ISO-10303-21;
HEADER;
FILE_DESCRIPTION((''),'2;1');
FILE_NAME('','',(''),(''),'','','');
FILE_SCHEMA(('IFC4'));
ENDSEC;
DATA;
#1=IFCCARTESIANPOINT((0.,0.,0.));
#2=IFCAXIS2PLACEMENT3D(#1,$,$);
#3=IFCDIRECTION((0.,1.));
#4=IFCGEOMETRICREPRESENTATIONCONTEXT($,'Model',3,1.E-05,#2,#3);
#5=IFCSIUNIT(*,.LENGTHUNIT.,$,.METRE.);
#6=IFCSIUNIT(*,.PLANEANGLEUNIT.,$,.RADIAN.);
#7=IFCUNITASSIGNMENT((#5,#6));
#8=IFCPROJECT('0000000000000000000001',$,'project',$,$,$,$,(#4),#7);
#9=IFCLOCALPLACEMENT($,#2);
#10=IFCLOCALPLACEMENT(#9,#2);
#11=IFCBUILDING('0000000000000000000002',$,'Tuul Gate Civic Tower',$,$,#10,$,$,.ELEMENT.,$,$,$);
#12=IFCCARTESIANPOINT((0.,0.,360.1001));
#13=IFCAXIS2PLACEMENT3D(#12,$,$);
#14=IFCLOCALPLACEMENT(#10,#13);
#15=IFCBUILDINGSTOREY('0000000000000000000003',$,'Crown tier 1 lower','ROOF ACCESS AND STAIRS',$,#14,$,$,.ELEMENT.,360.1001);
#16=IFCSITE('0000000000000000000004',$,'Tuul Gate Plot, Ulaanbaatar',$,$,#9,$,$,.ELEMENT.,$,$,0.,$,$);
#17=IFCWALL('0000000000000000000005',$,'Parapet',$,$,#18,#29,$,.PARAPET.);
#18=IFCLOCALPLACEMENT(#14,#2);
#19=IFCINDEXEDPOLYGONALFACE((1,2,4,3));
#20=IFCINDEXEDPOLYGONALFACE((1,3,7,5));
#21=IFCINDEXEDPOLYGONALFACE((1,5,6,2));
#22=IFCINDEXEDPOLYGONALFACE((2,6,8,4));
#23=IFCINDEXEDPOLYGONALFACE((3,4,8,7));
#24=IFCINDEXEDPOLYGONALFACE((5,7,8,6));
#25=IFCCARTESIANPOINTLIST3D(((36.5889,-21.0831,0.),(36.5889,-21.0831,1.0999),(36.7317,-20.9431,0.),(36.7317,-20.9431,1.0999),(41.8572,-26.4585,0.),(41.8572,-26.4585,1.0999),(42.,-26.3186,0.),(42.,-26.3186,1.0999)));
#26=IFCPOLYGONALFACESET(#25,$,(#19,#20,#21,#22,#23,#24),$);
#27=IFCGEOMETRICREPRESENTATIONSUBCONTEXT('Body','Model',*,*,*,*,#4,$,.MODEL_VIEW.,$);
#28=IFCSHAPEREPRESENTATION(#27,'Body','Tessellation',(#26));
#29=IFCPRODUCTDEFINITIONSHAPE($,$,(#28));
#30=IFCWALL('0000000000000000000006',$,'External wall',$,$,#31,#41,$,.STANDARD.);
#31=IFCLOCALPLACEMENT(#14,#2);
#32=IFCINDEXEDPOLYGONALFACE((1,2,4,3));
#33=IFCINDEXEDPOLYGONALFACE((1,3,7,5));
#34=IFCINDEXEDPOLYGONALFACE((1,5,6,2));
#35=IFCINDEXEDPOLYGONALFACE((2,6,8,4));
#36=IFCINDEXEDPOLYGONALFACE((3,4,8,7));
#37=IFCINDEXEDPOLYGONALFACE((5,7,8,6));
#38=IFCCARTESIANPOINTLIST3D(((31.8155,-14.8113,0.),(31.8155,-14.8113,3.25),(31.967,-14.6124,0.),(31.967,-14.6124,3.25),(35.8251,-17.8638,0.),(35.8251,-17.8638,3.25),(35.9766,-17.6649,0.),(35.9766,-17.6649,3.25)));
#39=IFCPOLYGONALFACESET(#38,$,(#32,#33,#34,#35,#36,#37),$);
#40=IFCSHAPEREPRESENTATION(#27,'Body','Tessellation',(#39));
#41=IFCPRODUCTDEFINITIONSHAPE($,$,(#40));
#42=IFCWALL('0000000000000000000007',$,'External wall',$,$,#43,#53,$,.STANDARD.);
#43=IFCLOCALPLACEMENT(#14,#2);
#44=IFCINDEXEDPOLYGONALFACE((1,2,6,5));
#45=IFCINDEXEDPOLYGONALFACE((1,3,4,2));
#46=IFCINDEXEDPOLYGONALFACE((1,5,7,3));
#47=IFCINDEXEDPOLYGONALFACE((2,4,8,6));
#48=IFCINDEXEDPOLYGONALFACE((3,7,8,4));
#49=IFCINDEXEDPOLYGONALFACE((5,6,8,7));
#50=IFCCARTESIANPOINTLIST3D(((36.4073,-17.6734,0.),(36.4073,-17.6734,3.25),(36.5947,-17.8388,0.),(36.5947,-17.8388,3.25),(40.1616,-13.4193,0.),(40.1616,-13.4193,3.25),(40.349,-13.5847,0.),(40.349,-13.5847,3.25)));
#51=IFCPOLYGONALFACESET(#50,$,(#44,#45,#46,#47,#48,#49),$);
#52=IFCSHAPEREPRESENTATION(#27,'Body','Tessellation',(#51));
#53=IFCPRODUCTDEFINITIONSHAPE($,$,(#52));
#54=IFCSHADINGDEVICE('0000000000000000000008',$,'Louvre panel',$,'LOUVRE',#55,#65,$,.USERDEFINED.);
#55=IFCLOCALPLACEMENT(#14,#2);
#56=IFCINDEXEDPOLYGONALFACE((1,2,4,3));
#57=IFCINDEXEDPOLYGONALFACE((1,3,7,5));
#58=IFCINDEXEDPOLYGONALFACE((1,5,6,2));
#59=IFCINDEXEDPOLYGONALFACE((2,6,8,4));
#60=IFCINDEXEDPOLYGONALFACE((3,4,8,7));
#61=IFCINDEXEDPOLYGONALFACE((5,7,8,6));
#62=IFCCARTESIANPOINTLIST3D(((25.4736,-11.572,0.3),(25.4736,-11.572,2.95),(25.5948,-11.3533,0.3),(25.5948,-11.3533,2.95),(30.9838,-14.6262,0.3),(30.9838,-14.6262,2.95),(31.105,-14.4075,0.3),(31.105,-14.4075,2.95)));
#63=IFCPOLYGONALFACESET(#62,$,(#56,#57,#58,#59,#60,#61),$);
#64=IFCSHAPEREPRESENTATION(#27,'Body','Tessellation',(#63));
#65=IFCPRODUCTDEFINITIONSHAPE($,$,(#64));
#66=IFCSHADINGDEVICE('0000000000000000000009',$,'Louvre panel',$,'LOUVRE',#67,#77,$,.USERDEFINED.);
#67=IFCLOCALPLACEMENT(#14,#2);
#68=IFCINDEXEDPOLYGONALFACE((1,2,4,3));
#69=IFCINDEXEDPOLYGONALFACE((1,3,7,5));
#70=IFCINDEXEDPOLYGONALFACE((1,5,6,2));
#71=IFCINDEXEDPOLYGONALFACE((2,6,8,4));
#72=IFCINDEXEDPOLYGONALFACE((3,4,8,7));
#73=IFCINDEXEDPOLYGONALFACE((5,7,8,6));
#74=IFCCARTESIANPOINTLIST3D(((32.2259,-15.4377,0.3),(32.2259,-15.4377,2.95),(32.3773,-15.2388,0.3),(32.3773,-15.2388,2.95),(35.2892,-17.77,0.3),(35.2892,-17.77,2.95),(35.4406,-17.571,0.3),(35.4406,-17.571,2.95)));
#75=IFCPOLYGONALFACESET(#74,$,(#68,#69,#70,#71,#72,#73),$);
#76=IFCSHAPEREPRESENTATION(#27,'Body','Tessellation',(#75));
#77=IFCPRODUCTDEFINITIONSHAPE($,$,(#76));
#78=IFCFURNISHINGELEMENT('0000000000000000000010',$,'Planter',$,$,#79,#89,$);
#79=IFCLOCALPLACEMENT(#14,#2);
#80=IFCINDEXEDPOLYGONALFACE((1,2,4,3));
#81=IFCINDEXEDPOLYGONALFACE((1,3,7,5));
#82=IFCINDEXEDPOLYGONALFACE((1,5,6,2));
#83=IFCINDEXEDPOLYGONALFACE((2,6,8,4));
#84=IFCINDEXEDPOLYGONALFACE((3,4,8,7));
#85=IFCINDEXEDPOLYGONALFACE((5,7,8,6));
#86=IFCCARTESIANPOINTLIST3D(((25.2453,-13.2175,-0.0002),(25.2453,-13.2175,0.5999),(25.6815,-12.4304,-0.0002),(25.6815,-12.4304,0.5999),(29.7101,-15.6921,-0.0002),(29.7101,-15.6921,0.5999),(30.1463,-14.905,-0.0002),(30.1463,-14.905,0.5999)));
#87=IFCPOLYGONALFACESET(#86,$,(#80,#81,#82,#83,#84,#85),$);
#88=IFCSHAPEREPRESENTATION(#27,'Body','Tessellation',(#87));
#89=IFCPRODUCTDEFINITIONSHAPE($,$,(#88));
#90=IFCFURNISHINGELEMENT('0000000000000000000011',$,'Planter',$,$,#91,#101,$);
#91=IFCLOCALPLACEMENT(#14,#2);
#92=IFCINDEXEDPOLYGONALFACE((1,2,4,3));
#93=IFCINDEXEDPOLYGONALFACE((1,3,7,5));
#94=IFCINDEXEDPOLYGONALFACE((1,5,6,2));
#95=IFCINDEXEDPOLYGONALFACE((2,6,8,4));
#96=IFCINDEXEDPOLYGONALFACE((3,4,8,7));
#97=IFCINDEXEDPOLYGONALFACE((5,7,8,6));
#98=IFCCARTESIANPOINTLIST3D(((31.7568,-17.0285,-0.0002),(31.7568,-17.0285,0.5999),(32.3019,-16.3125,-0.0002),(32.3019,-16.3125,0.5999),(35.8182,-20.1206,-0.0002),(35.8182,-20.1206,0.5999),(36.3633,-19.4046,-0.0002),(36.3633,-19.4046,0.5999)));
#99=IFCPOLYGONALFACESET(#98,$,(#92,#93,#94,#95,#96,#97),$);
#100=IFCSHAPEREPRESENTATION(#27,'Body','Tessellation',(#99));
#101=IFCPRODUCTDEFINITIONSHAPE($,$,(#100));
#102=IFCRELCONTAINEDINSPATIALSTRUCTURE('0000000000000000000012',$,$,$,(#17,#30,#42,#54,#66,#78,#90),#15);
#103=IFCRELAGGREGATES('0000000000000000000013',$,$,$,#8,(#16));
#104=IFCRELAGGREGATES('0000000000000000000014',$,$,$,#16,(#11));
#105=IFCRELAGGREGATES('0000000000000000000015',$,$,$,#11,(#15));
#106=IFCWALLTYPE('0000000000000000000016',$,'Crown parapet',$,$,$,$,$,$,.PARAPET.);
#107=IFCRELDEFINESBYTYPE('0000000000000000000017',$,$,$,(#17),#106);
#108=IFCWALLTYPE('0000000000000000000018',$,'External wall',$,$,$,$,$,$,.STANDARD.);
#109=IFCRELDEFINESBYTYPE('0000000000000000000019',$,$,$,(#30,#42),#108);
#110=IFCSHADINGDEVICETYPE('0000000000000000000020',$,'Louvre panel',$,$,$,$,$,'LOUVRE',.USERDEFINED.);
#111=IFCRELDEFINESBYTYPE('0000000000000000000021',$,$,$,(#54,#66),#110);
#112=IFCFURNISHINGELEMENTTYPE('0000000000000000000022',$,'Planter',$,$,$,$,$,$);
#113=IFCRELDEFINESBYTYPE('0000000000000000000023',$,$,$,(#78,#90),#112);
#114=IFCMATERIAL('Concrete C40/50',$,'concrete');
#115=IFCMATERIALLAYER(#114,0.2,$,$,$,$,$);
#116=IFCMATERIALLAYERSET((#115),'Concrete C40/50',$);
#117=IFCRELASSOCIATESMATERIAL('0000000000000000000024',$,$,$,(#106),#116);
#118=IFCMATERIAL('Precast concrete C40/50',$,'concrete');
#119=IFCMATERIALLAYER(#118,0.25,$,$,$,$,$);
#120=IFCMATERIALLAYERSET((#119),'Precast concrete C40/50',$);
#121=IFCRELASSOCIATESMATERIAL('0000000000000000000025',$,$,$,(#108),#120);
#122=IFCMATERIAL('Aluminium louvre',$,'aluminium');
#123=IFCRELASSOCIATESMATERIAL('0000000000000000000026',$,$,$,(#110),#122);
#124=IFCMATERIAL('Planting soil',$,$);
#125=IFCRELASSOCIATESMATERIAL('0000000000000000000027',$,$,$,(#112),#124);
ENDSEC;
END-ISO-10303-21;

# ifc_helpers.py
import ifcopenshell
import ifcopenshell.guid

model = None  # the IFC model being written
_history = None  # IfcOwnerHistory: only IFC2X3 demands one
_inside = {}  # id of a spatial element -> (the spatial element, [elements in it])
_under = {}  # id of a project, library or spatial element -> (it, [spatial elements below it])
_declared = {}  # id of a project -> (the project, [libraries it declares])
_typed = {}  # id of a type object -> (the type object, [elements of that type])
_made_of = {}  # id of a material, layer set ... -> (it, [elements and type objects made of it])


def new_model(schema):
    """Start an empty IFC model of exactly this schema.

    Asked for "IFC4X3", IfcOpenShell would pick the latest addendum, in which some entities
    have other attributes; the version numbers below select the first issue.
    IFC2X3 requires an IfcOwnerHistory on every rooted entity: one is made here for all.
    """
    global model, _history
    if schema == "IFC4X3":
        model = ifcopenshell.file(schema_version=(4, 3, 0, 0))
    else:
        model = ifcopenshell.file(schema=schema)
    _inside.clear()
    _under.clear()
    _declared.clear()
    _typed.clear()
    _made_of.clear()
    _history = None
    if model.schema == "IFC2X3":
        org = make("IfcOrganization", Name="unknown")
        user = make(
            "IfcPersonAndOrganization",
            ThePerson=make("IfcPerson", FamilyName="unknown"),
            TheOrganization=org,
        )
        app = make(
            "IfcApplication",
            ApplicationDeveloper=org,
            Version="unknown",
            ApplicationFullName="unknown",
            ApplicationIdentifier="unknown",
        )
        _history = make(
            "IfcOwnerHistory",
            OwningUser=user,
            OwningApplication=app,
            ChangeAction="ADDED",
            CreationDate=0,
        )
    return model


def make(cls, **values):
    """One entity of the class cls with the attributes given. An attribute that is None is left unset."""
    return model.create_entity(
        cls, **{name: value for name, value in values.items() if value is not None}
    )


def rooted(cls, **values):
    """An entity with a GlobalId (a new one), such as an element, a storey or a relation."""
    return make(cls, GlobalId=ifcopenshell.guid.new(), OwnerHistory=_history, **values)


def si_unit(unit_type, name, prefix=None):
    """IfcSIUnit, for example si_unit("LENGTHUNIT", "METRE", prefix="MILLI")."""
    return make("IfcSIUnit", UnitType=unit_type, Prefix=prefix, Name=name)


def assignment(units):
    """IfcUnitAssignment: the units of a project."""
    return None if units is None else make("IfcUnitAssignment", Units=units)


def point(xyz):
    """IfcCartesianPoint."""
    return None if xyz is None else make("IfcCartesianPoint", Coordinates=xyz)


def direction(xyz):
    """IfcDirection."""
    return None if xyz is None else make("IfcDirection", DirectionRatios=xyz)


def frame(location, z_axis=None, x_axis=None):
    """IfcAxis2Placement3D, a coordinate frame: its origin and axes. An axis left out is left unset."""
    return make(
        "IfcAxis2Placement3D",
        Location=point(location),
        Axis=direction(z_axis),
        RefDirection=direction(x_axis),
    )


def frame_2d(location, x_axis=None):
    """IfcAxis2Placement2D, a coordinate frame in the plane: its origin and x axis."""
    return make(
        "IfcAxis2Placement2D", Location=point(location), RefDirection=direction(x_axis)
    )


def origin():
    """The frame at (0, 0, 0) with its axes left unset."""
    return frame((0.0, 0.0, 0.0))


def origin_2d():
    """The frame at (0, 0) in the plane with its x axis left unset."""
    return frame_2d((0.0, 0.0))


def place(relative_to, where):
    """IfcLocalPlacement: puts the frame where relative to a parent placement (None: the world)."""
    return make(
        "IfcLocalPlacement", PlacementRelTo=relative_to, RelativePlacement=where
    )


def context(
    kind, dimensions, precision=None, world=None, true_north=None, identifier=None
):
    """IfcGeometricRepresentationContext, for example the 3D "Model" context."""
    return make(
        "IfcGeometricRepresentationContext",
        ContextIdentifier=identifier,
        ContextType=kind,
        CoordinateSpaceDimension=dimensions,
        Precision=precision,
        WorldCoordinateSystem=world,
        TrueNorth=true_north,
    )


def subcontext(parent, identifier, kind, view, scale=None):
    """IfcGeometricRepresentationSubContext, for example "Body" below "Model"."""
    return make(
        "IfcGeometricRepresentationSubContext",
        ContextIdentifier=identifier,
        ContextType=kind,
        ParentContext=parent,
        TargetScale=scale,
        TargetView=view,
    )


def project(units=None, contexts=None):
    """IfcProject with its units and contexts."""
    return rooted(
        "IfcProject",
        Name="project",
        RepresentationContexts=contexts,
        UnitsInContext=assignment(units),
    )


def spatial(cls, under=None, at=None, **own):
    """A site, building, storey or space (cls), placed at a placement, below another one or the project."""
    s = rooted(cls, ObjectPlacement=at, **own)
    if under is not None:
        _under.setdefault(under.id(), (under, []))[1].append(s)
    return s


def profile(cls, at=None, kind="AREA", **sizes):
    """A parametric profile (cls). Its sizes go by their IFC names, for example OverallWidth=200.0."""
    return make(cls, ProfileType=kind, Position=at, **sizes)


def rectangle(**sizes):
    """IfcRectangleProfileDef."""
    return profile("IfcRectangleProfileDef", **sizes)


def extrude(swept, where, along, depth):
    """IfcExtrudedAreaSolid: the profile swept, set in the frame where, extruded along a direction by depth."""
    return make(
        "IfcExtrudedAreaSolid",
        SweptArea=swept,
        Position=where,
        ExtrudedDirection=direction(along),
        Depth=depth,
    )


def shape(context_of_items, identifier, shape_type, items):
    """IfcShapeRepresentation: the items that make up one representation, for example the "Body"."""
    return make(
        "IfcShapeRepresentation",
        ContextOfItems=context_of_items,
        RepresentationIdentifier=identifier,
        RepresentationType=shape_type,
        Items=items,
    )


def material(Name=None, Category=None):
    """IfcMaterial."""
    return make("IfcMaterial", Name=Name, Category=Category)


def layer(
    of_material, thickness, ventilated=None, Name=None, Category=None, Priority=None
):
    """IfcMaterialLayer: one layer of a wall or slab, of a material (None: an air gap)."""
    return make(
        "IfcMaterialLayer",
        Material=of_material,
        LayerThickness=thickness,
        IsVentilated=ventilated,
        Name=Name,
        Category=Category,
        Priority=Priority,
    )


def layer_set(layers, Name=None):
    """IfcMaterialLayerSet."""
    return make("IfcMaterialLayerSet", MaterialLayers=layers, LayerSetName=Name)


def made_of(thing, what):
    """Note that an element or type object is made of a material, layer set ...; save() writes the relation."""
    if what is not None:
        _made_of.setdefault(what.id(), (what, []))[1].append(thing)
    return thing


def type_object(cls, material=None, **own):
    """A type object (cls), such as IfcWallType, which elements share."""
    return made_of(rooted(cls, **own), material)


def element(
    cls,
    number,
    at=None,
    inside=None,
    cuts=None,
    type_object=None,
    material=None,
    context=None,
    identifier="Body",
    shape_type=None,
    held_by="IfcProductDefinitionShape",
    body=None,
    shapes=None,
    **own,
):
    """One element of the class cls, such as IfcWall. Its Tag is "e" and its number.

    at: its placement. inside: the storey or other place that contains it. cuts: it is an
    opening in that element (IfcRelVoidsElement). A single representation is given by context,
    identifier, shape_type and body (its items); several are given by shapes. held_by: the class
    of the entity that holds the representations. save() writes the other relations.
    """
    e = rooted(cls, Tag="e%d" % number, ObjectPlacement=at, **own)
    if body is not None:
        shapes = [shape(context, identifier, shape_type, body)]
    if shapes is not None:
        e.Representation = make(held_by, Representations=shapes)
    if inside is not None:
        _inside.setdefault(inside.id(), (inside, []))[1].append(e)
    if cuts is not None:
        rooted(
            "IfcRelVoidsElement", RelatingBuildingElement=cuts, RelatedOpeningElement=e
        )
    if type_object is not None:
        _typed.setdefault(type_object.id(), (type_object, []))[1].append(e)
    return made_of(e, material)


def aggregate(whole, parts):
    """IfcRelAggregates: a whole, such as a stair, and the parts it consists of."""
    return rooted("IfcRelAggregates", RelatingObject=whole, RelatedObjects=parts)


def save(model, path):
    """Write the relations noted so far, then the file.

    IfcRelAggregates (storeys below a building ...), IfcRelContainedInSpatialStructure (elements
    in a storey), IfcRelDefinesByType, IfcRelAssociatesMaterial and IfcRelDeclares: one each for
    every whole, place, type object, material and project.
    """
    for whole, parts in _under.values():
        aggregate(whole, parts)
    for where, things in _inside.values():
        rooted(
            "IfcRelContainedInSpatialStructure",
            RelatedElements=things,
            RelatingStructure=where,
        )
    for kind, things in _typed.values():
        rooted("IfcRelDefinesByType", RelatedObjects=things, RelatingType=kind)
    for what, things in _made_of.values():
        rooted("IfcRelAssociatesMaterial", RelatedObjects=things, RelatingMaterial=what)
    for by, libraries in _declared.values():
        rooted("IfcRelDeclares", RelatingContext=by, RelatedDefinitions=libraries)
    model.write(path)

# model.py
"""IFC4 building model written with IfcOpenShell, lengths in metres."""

from ifc_helpers import new_model, si_unit, direction, frame, frame_2d, origin, origin_2d, place, context, subcontext, project, spatial, rectangle, extrude, material, layer, layer_set, type_object, element, save


model = new_model("IFC4")

# Units and contexts
model_context = context("Model", 3, precision=1e-05, world=origin(), true_north=direction((0.0, 1.0)))
body_context = subcontext(model_context, "Body", "Model", "MODEL_VIEW")
ifc_project = project(units=[si_unit("LENGTHUNIT", "METRE"), si_unit("PLANEANGLEUNIT", "RADIAN")], contexts=[model_context])

# Site, building, storey
site_placement = place(None, origin())
site = spatial("IfcSite", under=ifc_project, at=site_placement, Name="Tuul Gate Plot, Ulaanbaatar", CompositionType="ELEMENT", RefElevation=0.0)
building_placement = place(site_placement, origin())
building = spatial("IfcBuilding", under=site, at=building_placement, Name="Tuul Gate Civic Tower", CompositionType="ELEMENT")
storey_placement = place(building_placement, frame((0.0, 0.0, 360.1001)))
storey = spatial("IfcBuildingStorey", under=building, at=storey_placement, Name="Crown tier 1 lower", Description="ROOF ACCESS AND STAIRS", CompositionType="ELEMENT", Elevation=360.1001)

# Walls
ifc_material_1 = material(Name="Concrete C40/50", Category="concrete")
ifc_layer_1 = layer(ifc_material_1, 0.2)
ifc_layer_set_1 = layer_set([ifc_layer_1], Name="Concrete C40/50")
wall_type_1 = type_object("IfcWallType", Name="Crown parapet", PredefinedType="PARAPET", material=ifc_layer_set_1)
wall_1_placement = place(storey_placement, frame((36.6604, -21.0132, 0.0), z_axis=(0.0, 0.0, 1.0), x_axis=(0.699951, -0.714191, 0.0)))
element("IfcWall", 1, at=wall_1_placement, inside=storey, type_object=wall_type_1, Name="Parapet", PredefinedType="PARAPET", context=body_context, shape_type="SweptSolid", body=[
    extrude(rectangle(XDim=7.5266, YDim=0.2, at=frame_2d((3.7632, 0.0))), origin(), (0.0, 0.0, 1.0), 1.0999),
])
ifc_material_2 = material(Name="Precast concrete C40/50", Category="concrete")
ifc_layer_2 = layer(ifc_material_2, 0.25)
ifc_layer_set_2 = layer_set([ifc_layer_2], Name="Precast concrete C40/50")
wall_type_2 = type_object("IfcWallType", Name="External wall", PredefinedType="STANDARD", material=ifc_layer_set_2)
wall_2_placement = place(storey_placement, frame((31.8914, -14.7119, 0.0), z_axis=(0.0, 0.0, 1.0), x_axis=(0.79566, -0.605744, 0.0)))
element("IfcWall", 2, at=wall_2_placement, inside=storey, type_object=wall_type_2, Name="External wall", PredefinedType="STANDARD", context=body_context, shape_type="SweptSolid", body=[
    extrude(rectangle(XDim=5.0393, YDim=0.25, at=frame_2d((2.5195, 0.0))), origin(), (0.0, 0.0, 1.0), 3.25),
])
wall_3_placement = place(storey_placement, frame((36.501, -17.7561, 0.0), z_axis=(0.0, 0.0, 1.0), x_axis=(0.661694, 0.749774, 0.0)))
element("IfcWall", 3, at=wall_3_placement, inside=storey, type_object=wall_type_2, Name="External wall", PredefinedType="STANDARD", context=body_context, shape_type="SweptSolid", body=[
    extrude(rectangle(XDim=5.6738, YDim=0.25, at=frame_2d((2.8369, 0.0))), origin(), (0.0, 0.0, 1.0), 3.25),
])

# Shading devices
ifc_material_3 = material(Name="Aluminium louvre", Category="aluminium")
shading_device_type = type_object("IfcShadingDeviceType", Name="Louvre panel", ElementType="LOUVRE", PredefinedType="USERDEFINED", material=ifc_material_3)
shading_device_1_placement = place(storey_placement, frame((28.2893, -12.9897, 0.3), z_axis=(0.0, 0.0, 1.0), x_axis=(-0.484784, -0.874634, 0.0)))
element("IfcShadingDevice", 4, at=shading_device_1_placement, inside=storey, type_object=shading_device_type, Name="Louvre panel", ObjectType="LOUVRE", PredefinedType="USERDEFINED", context=body_context, shape_type="SweptSolid", body=[
    extrude(rectangle(XDim=0.25, YDim=6.3, at=origin_2d()), origin(), (0.0, 0.0, 1.0), 2.6499),
])
shading_device_2_placement = place(storey_placement, frame((33.8333, -16.5044, 0.3), z_axis=(0.0, 0.0, 1.0), x_axis=(-0.605752, -0.795653, 0.0)))
element("IfcShadingDevice", 5, at=shading_device_2_placement, inside=storey, type_object=shading_device_type, Name="Louvre panel", ObjectType="LOUVRE", PredefinedType="USERDEFINED", context=body_context, shape_type="SweptSolid", body=[
    extrude(rectangle(XDim=0.25, YDim=3.8501, at=origin_2d()), origin(), (0.0, 0.0, 1.0), 2.6499),
])

# Furnishing elements
ifc_material_4 = material(Name="Planting soil")
furnishing_element_type = type_object("IfcFurnishingElementType", Name="Planter", material=ifc_material_4)
furnishing_1_placement = place(storey_placement, frame((27.6958, -14.0613, -0.0002), z_axis=(0.0, 0.0, 1.0), x_axis=(0.874647, -0.48476, 0.0)))
element("IfcFurnishingElement", 6, at=furnishing_1_placement, inside=storey, type_object=furnishing_element_type, Name="Planter", context=body_context, shape_type="SweptSolid", body=[
    extrude(rectangle(XDim=5.1047, YDim=0.8999, at=origin_2d()), origin(), (0.0, 0.0, 1.0), 0.6001),
])
furnishing_2_placement = place(storey_placement, frame((34.0601, -18.2166, -0.0002), z_axis=(0.0, 0.0, 1.0), x_axis=(0.795646, -0.605762, 0.0)))
element("IfcFurnishingElement", 7, at=furnishing_2_placement, inside=storey, type_object=furnishing_element_type, Name="Planter", context=body_context, shape_type="SweptSolid", body=[
    extrude(rectangle(XDim=5.1045, YDim=0.8999, at=origin_2d()), origin(), (0.0, 0.0, 1.0), 0.6001),
])

save(model, "model.ifc")
